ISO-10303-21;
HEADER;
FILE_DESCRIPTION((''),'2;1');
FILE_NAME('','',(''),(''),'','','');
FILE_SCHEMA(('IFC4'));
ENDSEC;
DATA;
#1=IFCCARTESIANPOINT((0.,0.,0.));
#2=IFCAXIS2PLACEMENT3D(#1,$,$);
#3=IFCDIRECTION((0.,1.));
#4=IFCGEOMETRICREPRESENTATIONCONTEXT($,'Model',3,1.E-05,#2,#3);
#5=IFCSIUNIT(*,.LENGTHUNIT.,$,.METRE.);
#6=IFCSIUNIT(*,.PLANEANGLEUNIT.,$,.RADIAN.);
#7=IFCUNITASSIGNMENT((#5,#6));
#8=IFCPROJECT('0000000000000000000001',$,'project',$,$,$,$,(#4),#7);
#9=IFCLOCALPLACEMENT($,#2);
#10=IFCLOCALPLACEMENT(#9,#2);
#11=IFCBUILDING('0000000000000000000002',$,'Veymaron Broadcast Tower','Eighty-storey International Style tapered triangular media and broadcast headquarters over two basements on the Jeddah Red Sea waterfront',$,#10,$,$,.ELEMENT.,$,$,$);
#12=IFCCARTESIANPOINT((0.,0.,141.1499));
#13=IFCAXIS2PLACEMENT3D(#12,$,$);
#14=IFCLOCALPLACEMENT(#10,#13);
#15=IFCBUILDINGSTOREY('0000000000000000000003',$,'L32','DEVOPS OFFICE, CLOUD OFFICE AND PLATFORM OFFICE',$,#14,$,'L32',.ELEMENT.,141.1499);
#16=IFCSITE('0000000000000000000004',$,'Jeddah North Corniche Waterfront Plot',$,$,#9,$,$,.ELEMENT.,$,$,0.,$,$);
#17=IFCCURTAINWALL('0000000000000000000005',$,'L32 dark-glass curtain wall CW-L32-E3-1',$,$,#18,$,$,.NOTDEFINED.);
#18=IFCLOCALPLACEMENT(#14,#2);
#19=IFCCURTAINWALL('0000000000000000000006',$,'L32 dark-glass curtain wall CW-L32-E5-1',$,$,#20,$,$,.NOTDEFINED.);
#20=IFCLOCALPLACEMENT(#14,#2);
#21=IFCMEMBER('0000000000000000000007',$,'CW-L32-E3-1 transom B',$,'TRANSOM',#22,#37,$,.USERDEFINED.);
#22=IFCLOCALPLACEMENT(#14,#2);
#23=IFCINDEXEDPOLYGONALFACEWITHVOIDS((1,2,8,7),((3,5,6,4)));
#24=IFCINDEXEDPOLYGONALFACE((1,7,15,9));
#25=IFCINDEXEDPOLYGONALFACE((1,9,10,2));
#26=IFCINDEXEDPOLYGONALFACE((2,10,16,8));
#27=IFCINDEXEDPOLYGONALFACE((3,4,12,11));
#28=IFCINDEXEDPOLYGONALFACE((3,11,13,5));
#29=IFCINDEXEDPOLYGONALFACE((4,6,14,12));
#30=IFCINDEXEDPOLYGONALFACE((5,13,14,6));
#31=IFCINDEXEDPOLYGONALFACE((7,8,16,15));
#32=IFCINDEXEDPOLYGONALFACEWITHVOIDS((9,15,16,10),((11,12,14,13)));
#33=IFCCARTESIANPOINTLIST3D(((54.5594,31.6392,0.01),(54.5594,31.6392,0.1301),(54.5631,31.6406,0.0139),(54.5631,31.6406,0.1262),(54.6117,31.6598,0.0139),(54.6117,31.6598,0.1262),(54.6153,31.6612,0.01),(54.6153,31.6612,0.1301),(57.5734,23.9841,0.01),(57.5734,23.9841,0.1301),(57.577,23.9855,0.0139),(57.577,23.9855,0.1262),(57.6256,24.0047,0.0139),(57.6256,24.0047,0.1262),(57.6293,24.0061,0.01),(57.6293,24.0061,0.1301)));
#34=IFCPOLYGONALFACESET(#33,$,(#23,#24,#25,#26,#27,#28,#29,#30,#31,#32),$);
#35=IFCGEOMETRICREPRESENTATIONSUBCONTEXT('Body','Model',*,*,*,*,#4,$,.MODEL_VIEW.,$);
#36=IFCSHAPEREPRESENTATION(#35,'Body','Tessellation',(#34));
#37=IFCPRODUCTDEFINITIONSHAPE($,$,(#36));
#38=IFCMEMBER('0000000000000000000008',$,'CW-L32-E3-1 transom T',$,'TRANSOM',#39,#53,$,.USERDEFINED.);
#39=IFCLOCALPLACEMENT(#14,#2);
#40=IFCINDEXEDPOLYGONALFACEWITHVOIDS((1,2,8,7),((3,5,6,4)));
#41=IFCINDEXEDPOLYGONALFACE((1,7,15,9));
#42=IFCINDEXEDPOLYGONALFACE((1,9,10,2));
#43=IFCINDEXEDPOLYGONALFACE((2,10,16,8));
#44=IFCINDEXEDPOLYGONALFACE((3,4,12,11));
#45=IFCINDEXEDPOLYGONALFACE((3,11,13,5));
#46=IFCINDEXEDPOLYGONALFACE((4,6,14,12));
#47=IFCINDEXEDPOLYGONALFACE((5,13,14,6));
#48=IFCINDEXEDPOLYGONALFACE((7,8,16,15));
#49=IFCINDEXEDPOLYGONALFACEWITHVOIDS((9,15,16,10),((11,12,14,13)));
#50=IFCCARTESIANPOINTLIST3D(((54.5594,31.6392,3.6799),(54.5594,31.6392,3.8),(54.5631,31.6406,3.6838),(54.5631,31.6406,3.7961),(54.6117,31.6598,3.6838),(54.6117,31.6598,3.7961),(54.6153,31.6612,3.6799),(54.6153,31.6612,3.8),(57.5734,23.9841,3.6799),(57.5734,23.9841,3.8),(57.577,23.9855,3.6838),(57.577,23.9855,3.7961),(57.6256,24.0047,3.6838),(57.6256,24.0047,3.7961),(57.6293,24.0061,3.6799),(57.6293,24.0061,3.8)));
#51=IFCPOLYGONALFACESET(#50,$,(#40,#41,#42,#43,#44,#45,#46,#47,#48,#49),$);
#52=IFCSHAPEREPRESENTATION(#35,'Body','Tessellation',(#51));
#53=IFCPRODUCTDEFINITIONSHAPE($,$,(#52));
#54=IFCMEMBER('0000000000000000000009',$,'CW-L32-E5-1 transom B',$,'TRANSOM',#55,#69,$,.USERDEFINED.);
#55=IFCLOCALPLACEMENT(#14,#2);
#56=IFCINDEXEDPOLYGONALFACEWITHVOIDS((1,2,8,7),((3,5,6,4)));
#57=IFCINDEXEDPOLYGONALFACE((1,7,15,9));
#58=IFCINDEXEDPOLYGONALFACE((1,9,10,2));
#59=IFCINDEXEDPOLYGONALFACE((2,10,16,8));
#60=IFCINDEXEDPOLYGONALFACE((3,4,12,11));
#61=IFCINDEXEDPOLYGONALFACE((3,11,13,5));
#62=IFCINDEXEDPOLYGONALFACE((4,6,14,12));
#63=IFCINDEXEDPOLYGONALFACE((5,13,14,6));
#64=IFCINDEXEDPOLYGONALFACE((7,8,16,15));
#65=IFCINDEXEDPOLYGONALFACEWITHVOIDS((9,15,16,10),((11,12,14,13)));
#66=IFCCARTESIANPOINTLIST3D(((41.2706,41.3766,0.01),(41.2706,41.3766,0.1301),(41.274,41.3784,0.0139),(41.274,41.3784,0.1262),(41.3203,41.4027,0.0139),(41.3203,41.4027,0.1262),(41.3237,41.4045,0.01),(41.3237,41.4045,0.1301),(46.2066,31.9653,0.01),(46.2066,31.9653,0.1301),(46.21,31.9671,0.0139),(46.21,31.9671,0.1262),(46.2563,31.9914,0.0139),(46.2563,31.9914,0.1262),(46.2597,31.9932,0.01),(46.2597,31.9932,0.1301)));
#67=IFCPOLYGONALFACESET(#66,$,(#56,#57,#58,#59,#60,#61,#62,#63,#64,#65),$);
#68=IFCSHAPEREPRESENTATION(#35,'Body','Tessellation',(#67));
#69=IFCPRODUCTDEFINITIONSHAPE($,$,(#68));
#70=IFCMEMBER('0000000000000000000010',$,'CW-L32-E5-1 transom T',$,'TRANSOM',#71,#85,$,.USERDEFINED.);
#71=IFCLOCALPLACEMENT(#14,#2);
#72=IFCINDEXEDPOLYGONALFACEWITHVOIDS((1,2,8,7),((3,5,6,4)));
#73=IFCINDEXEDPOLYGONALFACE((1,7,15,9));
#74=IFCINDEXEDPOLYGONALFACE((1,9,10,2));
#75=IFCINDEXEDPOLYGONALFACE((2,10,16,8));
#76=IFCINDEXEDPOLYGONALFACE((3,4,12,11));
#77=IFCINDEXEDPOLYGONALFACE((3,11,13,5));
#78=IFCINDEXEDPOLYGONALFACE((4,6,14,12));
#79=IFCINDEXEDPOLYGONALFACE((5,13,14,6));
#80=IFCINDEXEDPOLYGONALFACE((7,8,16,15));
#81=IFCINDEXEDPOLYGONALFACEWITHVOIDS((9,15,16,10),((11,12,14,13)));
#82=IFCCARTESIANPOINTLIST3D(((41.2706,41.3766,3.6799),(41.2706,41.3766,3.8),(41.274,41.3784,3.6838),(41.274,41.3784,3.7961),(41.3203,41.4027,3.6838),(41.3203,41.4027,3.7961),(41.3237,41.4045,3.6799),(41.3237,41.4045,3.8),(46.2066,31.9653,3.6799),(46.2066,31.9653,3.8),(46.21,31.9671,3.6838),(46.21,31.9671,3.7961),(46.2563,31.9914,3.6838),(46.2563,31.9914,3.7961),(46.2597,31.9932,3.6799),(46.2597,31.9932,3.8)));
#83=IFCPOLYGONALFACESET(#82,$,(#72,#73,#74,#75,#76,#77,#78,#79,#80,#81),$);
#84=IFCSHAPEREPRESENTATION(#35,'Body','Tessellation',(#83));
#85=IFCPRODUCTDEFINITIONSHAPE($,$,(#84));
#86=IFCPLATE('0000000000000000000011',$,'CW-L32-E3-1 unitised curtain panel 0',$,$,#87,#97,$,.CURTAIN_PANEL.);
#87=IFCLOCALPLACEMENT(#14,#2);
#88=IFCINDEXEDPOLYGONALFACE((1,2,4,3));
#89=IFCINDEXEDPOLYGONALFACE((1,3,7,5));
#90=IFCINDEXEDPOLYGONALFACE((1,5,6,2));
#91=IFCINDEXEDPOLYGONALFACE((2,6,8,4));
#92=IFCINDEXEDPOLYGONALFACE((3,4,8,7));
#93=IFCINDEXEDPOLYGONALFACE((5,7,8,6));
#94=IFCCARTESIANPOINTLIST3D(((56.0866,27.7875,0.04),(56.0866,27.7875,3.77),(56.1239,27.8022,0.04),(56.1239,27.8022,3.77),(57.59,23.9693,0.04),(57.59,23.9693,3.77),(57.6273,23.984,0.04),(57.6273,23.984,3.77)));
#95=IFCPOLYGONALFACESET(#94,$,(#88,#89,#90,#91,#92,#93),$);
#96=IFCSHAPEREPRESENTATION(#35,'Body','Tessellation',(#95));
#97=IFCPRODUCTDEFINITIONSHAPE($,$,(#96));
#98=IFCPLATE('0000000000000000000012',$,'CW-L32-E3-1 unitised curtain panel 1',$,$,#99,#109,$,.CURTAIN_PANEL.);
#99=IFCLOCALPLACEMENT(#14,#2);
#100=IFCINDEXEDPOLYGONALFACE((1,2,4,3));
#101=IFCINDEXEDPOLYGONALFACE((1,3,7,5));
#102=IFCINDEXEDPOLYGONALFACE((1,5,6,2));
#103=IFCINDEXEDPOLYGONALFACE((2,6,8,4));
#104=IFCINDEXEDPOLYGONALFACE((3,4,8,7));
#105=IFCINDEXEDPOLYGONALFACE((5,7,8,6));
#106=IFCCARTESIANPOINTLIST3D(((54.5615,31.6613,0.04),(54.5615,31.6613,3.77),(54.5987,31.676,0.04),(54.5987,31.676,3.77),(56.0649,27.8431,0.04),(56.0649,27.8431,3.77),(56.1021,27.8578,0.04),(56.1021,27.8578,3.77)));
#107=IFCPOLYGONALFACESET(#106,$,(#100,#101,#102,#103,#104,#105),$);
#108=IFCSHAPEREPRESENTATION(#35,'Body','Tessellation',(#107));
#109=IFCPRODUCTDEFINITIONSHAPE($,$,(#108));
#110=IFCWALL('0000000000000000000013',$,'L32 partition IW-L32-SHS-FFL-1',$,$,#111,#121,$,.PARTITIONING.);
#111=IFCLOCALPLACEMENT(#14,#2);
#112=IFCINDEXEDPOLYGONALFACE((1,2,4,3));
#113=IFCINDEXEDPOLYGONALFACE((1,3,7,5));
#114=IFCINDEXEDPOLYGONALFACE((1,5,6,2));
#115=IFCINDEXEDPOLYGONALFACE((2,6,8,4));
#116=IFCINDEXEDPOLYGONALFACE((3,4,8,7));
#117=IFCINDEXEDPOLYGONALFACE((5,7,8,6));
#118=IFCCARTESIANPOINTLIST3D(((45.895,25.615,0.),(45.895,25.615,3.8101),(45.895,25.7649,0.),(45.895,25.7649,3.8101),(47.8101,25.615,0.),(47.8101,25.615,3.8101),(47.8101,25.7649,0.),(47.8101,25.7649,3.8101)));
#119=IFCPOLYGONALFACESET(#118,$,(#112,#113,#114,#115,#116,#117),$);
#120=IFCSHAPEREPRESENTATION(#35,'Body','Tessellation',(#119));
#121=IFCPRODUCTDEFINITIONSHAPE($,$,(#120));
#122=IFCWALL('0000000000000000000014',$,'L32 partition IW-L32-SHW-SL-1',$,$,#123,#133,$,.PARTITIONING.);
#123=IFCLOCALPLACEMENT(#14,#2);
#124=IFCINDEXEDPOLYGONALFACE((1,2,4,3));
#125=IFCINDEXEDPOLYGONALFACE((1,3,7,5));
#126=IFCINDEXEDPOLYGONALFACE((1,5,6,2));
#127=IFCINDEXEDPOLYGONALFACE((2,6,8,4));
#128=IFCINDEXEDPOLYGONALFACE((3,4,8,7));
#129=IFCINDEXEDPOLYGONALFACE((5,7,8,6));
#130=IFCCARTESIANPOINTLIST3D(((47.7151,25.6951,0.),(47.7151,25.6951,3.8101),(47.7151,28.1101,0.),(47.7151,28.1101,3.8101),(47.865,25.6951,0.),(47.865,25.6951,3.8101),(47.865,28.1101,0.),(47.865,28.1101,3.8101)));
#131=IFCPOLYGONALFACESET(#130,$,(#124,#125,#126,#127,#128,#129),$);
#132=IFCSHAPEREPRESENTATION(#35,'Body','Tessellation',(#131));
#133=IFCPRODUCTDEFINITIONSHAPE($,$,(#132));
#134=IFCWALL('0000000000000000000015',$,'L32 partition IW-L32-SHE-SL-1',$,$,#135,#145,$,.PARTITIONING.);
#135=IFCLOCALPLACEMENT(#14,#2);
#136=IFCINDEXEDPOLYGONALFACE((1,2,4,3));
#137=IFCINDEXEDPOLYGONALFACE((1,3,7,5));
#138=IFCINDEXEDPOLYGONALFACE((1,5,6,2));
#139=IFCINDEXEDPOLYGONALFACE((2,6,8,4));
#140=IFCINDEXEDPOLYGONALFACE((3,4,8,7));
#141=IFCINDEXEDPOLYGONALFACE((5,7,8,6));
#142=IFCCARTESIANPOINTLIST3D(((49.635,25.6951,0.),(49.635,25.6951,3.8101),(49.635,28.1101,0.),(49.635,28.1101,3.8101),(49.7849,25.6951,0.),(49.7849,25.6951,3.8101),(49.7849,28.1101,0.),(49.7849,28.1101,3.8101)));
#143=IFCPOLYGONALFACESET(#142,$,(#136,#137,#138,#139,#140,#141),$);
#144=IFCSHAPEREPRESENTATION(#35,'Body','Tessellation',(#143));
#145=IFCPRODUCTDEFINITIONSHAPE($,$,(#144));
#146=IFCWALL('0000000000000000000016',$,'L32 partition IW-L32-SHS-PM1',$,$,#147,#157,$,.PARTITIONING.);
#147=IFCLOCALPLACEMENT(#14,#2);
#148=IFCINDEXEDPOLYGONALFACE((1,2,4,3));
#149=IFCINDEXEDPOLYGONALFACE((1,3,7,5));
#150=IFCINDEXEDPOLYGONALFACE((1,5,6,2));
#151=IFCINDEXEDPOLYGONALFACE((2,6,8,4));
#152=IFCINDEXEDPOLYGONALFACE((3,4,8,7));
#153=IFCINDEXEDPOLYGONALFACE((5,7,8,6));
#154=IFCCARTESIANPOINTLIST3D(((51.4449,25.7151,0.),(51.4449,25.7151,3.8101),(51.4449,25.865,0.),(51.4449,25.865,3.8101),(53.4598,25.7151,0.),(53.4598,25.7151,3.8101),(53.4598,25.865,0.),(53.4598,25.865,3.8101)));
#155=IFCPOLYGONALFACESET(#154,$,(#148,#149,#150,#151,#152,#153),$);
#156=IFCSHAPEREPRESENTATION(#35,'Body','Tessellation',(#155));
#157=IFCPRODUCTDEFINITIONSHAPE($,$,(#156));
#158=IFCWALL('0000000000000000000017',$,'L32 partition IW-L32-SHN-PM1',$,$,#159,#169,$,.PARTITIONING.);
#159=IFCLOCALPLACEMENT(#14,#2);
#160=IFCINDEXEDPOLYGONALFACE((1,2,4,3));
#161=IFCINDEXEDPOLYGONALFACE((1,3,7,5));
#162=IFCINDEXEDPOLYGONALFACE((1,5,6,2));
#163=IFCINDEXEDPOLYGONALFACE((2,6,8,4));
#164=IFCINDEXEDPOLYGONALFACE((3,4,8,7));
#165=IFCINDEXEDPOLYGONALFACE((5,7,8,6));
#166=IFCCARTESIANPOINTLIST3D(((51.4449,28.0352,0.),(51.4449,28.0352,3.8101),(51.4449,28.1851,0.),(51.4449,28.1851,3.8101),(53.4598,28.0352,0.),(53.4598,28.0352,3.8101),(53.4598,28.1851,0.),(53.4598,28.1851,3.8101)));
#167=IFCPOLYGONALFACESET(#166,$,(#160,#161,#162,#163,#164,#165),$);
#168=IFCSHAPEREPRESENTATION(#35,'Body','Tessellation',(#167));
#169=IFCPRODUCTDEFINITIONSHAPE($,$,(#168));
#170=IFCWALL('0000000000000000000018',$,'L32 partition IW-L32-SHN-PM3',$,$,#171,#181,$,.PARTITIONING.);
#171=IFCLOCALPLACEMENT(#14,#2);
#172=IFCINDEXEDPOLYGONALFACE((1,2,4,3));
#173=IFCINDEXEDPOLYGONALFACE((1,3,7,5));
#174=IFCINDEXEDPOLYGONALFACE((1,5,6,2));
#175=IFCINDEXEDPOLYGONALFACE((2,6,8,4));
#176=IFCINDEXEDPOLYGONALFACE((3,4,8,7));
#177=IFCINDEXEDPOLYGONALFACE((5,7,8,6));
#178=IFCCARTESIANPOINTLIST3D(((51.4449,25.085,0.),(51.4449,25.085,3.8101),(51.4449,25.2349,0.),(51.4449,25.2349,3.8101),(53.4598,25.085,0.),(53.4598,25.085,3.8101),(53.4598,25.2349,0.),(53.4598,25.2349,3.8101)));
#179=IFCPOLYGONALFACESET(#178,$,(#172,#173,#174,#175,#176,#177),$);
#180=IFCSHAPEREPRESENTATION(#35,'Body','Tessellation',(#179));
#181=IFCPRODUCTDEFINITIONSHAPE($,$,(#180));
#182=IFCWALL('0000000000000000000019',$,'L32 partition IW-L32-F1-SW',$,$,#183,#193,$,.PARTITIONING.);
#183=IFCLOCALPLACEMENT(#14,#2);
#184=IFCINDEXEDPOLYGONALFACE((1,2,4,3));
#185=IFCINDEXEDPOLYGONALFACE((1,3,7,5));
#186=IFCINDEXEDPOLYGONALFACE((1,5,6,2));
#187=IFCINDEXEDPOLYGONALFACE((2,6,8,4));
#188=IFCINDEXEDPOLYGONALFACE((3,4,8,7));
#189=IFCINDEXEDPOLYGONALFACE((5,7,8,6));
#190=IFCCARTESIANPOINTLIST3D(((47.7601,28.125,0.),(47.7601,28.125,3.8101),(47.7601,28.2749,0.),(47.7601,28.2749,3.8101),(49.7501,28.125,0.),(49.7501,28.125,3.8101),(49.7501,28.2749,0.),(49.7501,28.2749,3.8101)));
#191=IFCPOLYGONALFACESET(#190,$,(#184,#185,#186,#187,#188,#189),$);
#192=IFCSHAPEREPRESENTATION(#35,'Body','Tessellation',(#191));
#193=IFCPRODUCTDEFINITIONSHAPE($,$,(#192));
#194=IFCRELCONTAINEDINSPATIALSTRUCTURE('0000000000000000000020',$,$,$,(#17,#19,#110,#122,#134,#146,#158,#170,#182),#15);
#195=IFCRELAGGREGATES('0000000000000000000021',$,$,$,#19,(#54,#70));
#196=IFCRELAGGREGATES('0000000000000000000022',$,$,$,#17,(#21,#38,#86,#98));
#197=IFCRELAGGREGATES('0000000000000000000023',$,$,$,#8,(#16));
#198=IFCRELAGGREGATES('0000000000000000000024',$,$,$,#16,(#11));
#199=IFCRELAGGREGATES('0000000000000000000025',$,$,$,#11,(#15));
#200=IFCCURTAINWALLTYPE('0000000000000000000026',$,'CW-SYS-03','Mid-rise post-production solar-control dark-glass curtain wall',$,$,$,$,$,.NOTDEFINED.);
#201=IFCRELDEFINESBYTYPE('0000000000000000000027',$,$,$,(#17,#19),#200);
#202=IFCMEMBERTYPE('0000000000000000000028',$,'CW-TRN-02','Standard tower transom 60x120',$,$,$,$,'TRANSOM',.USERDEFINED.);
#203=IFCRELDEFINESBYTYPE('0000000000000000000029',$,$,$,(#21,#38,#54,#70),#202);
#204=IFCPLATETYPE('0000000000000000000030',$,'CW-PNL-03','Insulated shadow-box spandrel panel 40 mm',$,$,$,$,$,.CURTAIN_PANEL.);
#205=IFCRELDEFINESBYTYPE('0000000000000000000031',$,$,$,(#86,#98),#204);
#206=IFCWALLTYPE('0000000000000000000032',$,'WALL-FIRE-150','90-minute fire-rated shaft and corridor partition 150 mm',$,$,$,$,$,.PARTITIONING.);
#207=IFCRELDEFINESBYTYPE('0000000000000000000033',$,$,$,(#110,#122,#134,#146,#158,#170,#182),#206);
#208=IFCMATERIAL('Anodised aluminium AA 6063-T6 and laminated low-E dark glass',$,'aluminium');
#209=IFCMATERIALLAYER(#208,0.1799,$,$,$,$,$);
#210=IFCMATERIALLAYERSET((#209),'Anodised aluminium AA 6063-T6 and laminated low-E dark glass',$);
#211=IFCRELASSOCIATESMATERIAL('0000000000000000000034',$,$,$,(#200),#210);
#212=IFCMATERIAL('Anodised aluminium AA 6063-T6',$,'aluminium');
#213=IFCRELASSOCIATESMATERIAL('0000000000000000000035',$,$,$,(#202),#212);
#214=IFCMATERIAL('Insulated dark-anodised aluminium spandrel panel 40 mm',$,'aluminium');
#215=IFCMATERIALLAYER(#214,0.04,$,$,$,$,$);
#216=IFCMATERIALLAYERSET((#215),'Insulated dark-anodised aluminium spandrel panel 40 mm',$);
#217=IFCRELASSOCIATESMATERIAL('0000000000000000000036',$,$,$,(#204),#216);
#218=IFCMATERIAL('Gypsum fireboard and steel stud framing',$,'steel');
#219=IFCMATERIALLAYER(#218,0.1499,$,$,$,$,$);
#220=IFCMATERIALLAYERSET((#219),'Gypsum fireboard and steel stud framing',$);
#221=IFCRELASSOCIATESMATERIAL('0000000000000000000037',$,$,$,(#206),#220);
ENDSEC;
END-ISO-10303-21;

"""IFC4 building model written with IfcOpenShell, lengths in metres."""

from ifc_helpers import new_model, si_unit, direction, frame, frame_2d, origin, origin_2d, place, context, subcontext, project, spatial, rectangle, hollow_rectangle, extrude, material, layer, layer_set, material_profile, profile_set, type_object, element, aggregate, save


model = new_model("IFC4")

# Units and contexts
model_context = context("Model", 3, precision=1e-05, world=origin(), true_north=direction((0.0, 1.0)))
body_context = subcontext(model_context, "Body", "Model", "MODEL_VIEW")
ifc_project = project(units=[si_unit("LENGTHUNIT", "METRE"), si_unit("PLANEANGLEUNIT", "RADIAN")], contexts=[model_context])

# Site, building, storey
site_placement = place(None, origin())
site = spatial("IfcSite", under=ifc_project, at=site_placement, Name="Jeddah North Corniche Waterfront Plot", CompositionType="ELEMENT", RefElevation=0.0)
building_placement = place(site_placement, origin())
building = spatial("IfcBuilding", under=site, at=building_placement, Name="Veymaron Broadcast Tower", Description="Eighty-storey International Style tapered triangular media and broadcast headquarters over two basements on the Jeddah Red Sea waterfront", CompositionType="ELEMENT")
storey_placement = place(building_placement, frame((0.0, 0.0, 141.1499)))
storey = spatial("IfcBuildingStorey", under=building, at=storey_placement, Name="L32", Description="DEVOPS OFFICE, CLOUD OFFICE AND PLATFORM OFFICE", LongName="L32", CompositionType="ELEMENT", Elevation=141.1499)

# Shared definitions
ifc_material_1 = material(Name="Anodised aluminium AA 6063-T6 and laminated low-E dark glass", Category="aluminium")
ifc_layer_1 = layer(ifc_material_1, 0.1799)
ifc_layer_set_1 = layer_set([ifc_layer_1], Name="Anodised aluminium AA 6063-T6 and laminated low-E dark glass")
curtain_wall_type = type_object("IfcCurtainWallType", Name="CW-SYS-03", Description="Mid-rise post-production solar-control dark-glass curtain wall", PredefinedType="NOTDEFINED", material=ifc_layer_set_1)
ifc_material_2 = material(Name="Anodised aluminium AA 6063-T6", Category="aluminium")

# Curtain wall
curtain_wall_1_placement = place(storey_placement, origin())
curtain_wall_1 = element("IfcCurtainWall", 1, at=curtain_wall_1_placement, inside=storey, type_object=curtain_wall_type, Name="L32 dark-glass curtain wall CW-L32-E3-1", PredefinedType="NOTDEFINED")

# Curtain wall
curtain_wall_2_placement = place(storey_placement, origin())
curtain_wall_2 = element("IfcCurtainWall", 2, at=curtain_wall_2_placement, inside=storey, type_object=curtain_wall_type, Name="L32 dark-glass curtain wall CW-L32-E5-1", PredefinedType="NOTDEFINED")

# Members
ifc_material_profile_1 = material_profile(ifc_material_2, hollow_rectangle(XDim=0.0601, YDim=0.1201, WallThickness=0.0039, at=origin_2d()), Name="AL120X60X4")
ifc_profile_set_1 = profile_set([ifc_material_profile_1], Name="Anodised aluminium AA 6063-T6")
member_type_1 = type_object("IfcMemberType", Name="CW-TRN-02", Description="Standard tower transom 60x120", ElementType="TRANSOM", PredefinedType="USERDEFINED", material=ifc_profile_set_1)
member_1_placement = place(storey_placement, frame((57.6013, 23.9951, 0.0701), z_axis=(-0.366345, 0.930479, 0.0), x_axis=(-0.930479, -0.366345, 0.0)))
member_1 = element("IfcMember", 3, at=member_1_placement, type_object=member_type_1, Name="CW-L32-E3-1 transom B", ObjectType="TRANSOM", PredefinedType="USERDEFINED", context=body_context, shape_type="SweptSolid", body=[
    extrude(hollow_rectangle(XDim=0.0601, YDim=0.1201, WallThickness=0.0039, at=origin_2d()), origin(), (0.0, 0.0, 1.0), 8.2271),
])
member_2_placement = place(storey_placement, frame((57.6013, 23.9951, 3.74), z_axis=(-0.366345, 0.930479, 0.0), x_axis=(-0.930479, -0.366345, 0.0)))
member_2 = element("IfcMember", 4, at=member_2_placement, type_object=member_type_1, Name="CW-L32-E3-1 transom T", ObjectType="TRANSOM", PredefinedType="USERDEFINED", context=body_context, shape_type="SweptSolid", body=[
    extrude(hollow_rectangle(XDim=0.0601, YDim=0.1201, WallThickness=0.0039, at=origin_2d()), origin(), (0.0, 0.0, 1.0), 8.2271),
])
member_3_placement = place(storey_placement, frame((46.2332, 31.9792, 0.0701), z_axis=(-0.46447, 0.885589, 0.0), x_axis=(-0.885589, -0.46447, 0.0)))
member_3 = element("IfcMember", 5, at=member_3_placement, type_object=member_type_1, Name="CW-L32-E5-1 transom B", ObjectType="TRANSOM", PredefinedType="USERDEFINED", context=body_context, shape_type="SweptSolid", body=[
    extrude(hollow_rectangle(XDim=0.0601, YDim=0.1201, WallThickness=0.0039, at=origin_2d()), origin(), (0.0, 0.0, 1.0), 10.6272),
])
member_4_placement = place(storey_placement, frame((46.2332, 31.9792, 3.74), z_axis=(-0.46447, 0.885589, 0.0), x_axis=(-0.885589, -0.46447, 0.0)))
member_4 = element("IfcMember", 6, at=member_4_placement, type_object=member_type_1, Name="CW-L32-E5-1 transom T", ObjectType="TRANSOM", PredefinedType="USERDEFINED", context=body_context, shape_type="SweptSolid", body=[
    extrude(hollow_rectangle(XDim=0.0601, YDim=0.1201, WallThickness=0.0039, at=origin_2d()), origin(), (0.0, 0.0, 1.0), 10.6272),
])
aggregate(curtain_wall_2, [member_3, member_4])

# Plates
ifc_material_3 = material(Name="Insulated dark-anodised aluminium spandrel panel 40 mm", Category="aluminium")
ifc_layer_2 = layer(ifc_material_3, 0.04)
ifc_layer_set_2 = layer_set([ifc_layer_2], Name="Insulated dark-anodised aluminium spandrel panel 40 mm")
plate_type = type_object("IfcPlateType", Name="CW-PNL-03", Description="Insulated shadow-box spandrel panel 40 mm", PredefinedType="CURTAIN_PANEL", material=ifc_layer_set_2)
plate_1_placement = place(storey_placement, frame((56.8569, 25.8857, 0.04), z_axis=(0.0, 0.0, 1.0), x_axis=(-0.366371, 0.930469, 0.0)))
plate_1 = element("IfcPlate", 7, at=plate_1_placement, type_object=plate_type, Name="CW-L32-E3-1 unitised curtain panel 0", PredefinedType="CURTAIN_PANEL", context=body_context, shape_type="SweptSolid", body=[
    extrude(rectangle(XDim=4.1035, YDim=0.04, at=origin_2d()), origin(), (0.0, 0.0, 1.0), 3.73),
])
plate_2_placement = place(storey_placement, frame((55.3318, 29.7595, 0.04), z_axis=(0.0, 0.0, 1.0), x_axis=(-0.366371, 0.930469, 0.0)))
plate_2 = element("IfcPlate", 8, at=plate_2_placement, type_object=plate_type, Name="CW-L32-E3-1 unitised curtain panel 1", PredefinedType="CURTAIN_PANEL", context=body_context, shape_type="SweptSolid", body=[
    extrude(rectangle(XDim=4.1035, YDim=0.04, at=origin_2d()), origin(), (0.0, 0.0, 1.0), 3.73),
])
aggregate(curtain_wall_1, [member_1, member_2, plate_1, plate_2])

# Shared definitions
ifc_material_4 = material(Name="Gypsum fireboard and steel stud framing", Category="steel")
ifc_layer_3 = layer(ifc_material_4, 0.1499)
ifc_layer_set_3 = layer_set([ifc_layer_3], Name="Gypsum fireboard and steel stud framing")
wall_type_1 = type_object("IfcWallType", Name="WALL-FIRE-150", Description="90-minute fire-rated shaft and corridor partition 150 mm", PredefinedType="PARTITIONING", material=ifc_layer_set_3)

# Wall
wall_1_placement = place(storey_placement, frame((45.895, 25.6899, 0.0), z_axis=(0.0, 0.0, 1.0), x_axis=(1.0, 0.0, 0.0)))
element("IfcWall", 9, at=wall_1_placement, inside=storey, type_object=wall_type_1, Name="L32 partition IW-L32-SHS-FFL-1", PredefinedType="PARTITIONING", context=body_context, shape_type="SweptSolid", body=[
    extrude(rectangle(XDim=1.915, YDim=0.1499, at=frame_2d((0.9575, 0.0))), origin(), (0.0, 0.0, 1.0), 3.8101),
])

# Walls
for number, where, z_axis, x_axis, name in (
    (10, (47.79, 25.6951, 0.0), (0.0, 0.0, 1.0), (0.0, 1.0, 0.0), "L32 partition IW-L32-SHW-SL-1"),
    (11, (49.71, 25.6951, 0.0), (0.0, 0.0, 1.0), (0.0, 1.0, 0.0), "L32 partition IW-L32-SHE-SL-1"),
):
    element("IfcWall", number, at=place(storey_placement, frame(where, z_axis=z_axis, x_axis=x_axis)), inside=storey, type_object=wall_type_1, Name=name, PredefinedType="PARTITIONING", context=body_context, shape_type="SweptSolid", body=[
        extrude(rectangle(XDim=2.415, YDim=0.1499, at=frame_2d((1.2075, 0.0))), origin(), (0.0, 0.0, 1.0), 3.8101),
    ])

# Walls
for number, where, z_axis, x_axis, name in (
    (12, (51.4451, 25.79, 0.0), (0.0, 0.0, 1.0), (1.0, 0.0, 0.0), "L32 partition IW-L32-SHS-PM1"),
    (13, (51.4451, 28.1101, 0.0), (0.0, 0.0, 1.0), (1.0, 0.0, 0.0), "L32 partition IW-L32-SHN-PM1"),
    (14, (51.4451, 25.1599, 0.0), (0.0, 0.0, 1.0), (1.0, 0.0, 0.0), "L32 partition IW-L32-SHN-PM3"),
):
    element("IfcWall", number, at=place(storey_placement, frame(where, z_axis=z_axis, x_axis=x_axis)), inside=storey, type_object=wall_type_1, Name=name, PredefinedType="PARTITIONING", context=body_context, shape_type="SweptSolid", body=[
        extrude(rectangle(XDim=2.0149, YDim=0.1499, at=frame_2d((1.0073, 0.0))), origin(), (0.0, 0.0, 1.0), 3.8101),
    ])
wall_2_placement = place(storey_placement, frame((47.76, 28.2, 0.0), z_axis=(0.0, 0.0, 1.0), x_axis=(1.0, 0.0, 0.0)))
element("IfcWall", 15, at=wall_2_placement, inside=storey, type_object=wall_type_1, Name="L32 partition IW-L32-F1-SW", PredefinedType="PARTITIONING", context=body_context, shape_type="SweptSolid", body=[
    extrude(rectangle(XDim=1.99, YDim=0.1499, at=frame_2d((0.9951, 0.0))), origin(), (0.0, 0.0, 1.0), 3.8101),
])

save(model, "model.ifc")
